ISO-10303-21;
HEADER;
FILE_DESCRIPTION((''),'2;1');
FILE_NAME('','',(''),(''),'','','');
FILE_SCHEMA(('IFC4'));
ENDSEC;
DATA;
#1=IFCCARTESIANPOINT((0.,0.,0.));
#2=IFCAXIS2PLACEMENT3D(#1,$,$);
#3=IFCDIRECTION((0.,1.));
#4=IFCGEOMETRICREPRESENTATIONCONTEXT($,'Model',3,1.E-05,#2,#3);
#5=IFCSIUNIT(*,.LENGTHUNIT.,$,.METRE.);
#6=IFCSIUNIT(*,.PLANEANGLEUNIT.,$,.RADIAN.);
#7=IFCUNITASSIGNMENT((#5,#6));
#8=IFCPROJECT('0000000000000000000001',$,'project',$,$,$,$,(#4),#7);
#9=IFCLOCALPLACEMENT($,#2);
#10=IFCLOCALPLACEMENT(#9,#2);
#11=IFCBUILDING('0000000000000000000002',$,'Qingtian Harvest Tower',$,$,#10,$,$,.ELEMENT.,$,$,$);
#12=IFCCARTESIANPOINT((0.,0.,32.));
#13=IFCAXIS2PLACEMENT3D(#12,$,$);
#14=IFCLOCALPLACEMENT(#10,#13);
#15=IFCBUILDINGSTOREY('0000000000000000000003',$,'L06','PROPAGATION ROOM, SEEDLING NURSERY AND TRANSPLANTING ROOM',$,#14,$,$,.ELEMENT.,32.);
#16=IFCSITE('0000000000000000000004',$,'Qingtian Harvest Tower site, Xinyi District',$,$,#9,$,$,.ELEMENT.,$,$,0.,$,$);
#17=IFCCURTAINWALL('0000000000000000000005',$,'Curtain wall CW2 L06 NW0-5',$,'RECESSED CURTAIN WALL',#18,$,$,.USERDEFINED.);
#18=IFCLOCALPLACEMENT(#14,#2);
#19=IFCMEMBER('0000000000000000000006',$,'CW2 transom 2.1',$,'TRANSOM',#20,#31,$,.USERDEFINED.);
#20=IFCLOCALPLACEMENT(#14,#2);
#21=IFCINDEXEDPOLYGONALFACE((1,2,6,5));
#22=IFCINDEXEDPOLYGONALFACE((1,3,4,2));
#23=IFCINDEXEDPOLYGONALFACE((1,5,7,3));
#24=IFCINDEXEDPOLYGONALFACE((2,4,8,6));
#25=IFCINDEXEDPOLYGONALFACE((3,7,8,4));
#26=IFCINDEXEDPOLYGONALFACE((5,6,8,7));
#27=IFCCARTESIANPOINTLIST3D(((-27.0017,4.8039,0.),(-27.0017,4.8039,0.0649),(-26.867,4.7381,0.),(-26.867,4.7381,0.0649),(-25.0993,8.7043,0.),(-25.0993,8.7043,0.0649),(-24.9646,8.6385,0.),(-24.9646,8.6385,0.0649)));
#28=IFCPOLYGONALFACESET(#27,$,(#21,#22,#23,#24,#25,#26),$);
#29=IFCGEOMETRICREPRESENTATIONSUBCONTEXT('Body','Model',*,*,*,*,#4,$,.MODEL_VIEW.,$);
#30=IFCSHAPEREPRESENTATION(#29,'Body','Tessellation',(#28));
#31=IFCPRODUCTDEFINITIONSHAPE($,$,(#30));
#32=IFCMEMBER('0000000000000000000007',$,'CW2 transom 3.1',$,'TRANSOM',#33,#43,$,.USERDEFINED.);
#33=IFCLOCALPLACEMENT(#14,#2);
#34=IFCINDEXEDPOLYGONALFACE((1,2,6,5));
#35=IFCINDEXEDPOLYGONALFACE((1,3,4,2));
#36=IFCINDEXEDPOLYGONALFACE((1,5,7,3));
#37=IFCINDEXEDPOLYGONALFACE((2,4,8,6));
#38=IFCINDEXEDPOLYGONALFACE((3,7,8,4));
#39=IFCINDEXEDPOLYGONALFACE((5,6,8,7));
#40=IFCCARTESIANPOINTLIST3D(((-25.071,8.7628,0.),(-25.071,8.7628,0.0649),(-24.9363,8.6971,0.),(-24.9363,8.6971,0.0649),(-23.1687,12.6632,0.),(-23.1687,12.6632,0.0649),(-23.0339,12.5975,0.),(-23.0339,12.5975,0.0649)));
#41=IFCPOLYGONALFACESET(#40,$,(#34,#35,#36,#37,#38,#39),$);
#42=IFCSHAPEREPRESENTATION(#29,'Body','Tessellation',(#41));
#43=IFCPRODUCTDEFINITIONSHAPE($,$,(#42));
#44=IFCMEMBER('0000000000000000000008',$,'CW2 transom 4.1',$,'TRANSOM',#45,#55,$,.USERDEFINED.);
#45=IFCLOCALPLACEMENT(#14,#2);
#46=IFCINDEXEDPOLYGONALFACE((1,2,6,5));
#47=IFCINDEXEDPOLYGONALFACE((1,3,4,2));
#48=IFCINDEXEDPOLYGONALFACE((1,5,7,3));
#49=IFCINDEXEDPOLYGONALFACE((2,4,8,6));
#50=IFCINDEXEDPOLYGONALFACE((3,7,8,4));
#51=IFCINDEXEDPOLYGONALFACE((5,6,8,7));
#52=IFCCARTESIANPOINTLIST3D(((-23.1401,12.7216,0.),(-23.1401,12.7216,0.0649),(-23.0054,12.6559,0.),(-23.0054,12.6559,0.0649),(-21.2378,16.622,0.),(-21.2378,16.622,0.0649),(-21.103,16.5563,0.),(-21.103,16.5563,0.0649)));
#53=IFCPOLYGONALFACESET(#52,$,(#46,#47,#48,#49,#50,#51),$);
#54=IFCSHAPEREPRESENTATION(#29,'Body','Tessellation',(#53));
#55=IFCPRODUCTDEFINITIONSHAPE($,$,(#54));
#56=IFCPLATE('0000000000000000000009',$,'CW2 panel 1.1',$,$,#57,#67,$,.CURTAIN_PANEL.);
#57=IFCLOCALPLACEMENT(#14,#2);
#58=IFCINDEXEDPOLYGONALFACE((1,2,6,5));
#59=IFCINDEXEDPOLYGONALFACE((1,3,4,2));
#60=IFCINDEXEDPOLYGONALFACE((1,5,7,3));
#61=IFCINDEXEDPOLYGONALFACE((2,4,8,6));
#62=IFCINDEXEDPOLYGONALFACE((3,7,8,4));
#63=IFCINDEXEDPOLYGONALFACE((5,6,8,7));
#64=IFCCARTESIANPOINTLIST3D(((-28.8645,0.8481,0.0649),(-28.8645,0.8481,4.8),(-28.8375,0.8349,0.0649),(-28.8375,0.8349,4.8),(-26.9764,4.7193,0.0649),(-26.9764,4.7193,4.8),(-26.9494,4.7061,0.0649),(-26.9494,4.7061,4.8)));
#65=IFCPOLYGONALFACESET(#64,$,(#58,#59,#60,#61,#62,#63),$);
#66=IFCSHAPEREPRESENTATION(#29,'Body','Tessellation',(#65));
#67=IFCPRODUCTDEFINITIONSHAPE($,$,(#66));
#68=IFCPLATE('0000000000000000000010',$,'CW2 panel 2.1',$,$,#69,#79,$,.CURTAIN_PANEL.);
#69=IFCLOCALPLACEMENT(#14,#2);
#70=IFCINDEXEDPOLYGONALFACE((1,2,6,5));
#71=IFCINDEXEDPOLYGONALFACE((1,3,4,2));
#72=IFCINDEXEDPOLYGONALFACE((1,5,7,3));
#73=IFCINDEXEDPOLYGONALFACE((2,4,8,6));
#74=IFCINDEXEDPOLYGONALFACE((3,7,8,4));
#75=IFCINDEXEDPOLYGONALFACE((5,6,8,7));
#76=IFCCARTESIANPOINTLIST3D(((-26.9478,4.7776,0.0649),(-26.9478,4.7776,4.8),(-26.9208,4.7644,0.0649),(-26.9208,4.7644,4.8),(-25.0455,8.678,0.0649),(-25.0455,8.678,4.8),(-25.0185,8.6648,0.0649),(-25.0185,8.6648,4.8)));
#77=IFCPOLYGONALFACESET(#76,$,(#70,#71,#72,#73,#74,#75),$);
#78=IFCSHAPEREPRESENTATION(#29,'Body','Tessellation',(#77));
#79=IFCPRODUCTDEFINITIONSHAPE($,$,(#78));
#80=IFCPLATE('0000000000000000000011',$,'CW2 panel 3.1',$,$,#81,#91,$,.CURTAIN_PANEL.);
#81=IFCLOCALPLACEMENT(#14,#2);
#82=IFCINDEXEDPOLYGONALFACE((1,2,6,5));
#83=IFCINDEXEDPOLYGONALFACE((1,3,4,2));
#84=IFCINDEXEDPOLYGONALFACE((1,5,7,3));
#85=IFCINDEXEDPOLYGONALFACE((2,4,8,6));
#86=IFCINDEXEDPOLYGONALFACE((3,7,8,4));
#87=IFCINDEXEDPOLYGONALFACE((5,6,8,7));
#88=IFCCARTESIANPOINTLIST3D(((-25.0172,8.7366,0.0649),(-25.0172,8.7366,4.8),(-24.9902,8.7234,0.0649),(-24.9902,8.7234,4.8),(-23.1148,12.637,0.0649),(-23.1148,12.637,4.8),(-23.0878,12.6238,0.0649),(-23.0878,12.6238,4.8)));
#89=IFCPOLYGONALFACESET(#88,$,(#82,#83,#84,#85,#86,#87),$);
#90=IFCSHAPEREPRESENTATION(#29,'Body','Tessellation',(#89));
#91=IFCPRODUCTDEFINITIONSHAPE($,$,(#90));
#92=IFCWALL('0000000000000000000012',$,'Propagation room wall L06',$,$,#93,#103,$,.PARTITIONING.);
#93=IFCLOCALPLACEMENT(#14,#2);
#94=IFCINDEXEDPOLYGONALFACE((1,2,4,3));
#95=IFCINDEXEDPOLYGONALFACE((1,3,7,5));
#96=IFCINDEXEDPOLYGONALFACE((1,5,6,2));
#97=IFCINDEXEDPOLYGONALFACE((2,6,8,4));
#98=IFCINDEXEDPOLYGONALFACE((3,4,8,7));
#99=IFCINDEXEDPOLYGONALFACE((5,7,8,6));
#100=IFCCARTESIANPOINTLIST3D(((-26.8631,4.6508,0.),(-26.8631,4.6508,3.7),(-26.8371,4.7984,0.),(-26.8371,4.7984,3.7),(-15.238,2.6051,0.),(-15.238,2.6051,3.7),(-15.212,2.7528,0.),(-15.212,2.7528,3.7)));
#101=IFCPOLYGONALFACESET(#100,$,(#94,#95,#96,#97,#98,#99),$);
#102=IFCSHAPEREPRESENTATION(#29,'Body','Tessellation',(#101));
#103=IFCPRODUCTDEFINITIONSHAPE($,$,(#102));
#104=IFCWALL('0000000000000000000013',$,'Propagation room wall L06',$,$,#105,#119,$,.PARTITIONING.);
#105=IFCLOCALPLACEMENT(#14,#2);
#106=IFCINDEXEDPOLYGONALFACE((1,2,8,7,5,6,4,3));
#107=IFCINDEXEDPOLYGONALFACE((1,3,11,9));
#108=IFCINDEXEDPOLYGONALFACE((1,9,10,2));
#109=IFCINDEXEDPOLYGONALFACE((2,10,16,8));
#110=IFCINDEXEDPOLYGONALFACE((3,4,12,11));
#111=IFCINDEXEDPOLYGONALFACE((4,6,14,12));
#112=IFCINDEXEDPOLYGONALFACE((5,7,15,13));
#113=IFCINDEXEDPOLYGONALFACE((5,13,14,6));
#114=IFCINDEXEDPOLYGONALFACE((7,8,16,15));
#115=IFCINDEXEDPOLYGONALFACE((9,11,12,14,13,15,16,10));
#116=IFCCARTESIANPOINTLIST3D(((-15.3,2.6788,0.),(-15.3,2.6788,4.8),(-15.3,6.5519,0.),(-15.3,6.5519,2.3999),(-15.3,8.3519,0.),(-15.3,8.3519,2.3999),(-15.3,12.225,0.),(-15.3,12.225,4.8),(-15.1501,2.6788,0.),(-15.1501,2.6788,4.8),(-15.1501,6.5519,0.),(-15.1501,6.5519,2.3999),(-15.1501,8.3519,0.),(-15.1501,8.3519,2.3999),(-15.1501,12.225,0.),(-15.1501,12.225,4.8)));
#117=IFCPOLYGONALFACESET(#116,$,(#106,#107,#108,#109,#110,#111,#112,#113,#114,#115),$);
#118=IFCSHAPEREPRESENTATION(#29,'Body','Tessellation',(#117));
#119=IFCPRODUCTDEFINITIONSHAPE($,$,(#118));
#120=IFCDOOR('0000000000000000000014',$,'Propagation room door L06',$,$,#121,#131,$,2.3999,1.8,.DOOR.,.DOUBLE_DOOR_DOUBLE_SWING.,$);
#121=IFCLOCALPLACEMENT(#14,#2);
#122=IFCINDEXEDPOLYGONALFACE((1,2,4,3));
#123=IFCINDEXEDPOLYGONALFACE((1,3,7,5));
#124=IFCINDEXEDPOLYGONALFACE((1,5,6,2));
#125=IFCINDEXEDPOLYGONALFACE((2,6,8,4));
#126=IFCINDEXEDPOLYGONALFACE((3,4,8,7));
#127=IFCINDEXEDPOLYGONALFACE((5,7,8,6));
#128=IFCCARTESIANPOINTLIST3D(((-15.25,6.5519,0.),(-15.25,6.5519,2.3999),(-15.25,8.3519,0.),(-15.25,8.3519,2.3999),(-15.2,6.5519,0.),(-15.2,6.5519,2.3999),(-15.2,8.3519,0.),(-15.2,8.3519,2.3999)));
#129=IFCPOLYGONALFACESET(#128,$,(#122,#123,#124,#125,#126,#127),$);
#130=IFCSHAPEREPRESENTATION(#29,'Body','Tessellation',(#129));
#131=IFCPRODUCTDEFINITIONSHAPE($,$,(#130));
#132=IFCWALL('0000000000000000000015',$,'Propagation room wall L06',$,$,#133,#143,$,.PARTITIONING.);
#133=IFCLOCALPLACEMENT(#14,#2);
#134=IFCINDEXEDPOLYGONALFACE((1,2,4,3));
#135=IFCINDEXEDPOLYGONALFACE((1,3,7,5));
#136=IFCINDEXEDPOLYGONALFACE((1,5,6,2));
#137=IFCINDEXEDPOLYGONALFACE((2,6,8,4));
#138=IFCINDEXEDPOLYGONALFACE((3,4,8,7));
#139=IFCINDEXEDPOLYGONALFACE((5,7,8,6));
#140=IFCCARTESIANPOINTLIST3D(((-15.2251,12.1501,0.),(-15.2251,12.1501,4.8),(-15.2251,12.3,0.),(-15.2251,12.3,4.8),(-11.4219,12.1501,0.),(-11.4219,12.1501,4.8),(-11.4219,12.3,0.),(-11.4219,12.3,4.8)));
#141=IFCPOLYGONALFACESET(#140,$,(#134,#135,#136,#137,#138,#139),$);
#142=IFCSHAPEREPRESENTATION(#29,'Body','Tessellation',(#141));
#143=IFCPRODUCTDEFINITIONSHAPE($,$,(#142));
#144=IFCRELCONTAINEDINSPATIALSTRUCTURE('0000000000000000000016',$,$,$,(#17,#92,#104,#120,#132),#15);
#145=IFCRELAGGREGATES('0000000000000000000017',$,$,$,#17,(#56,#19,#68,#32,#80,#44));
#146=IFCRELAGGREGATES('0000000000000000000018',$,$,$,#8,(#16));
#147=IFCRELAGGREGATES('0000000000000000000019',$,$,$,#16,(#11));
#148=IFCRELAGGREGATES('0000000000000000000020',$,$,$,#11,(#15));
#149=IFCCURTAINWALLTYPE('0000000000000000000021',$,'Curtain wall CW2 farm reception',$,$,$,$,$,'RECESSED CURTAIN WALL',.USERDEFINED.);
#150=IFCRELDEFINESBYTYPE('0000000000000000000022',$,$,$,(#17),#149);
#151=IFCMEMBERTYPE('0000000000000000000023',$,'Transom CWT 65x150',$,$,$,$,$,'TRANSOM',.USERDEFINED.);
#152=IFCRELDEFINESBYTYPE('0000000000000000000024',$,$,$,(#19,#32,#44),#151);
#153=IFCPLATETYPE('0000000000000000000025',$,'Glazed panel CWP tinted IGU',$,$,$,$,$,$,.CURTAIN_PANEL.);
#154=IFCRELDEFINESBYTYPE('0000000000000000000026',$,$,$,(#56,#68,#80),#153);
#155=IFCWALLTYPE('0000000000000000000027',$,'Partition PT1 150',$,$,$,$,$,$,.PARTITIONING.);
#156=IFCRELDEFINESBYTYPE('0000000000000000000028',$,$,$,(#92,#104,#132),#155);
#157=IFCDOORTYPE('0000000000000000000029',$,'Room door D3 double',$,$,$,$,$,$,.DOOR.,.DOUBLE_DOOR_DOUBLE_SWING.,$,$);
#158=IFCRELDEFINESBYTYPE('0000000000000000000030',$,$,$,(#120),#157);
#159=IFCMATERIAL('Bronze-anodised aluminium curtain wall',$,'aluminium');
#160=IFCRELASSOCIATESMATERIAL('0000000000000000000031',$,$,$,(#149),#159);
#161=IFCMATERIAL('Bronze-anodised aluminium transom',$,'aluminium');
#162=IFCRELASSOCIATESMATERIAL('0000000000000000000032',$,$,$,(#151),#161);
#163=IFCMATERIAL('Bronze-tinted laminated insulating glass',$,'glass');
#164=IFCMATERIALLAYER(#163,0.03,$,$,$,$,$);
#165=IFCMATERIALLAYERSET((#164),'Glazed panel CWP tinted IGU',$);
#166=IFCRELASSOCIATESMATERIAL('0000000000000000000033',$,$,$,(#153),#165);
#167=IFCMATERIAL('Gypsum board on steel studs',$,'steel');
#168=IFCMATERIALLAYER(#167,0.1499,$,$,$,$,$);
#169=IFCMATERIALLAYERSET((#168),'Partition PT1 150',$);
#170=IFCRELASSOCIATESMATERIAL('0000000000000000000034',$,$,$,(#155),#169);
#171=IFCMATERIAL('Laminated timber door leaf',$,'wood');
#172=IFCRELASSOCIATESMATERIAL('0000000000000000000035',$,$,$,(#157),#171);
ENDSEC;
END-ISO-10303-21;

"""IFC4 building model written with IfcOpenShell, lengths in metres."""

from ifc_helpers import new_model, si_unit, direction, frame, frame_2d, origin, origin_2d, place, context, subcontext, project, spatial, rectangle, extrude, material, layer, layer_set, material_profile, profile_set, type_object, element, fill, aggregate, save


model = new_model("IFC4")

# Units and contexts
model_context = context("Model", 3, precision=1e-05, world=origin(), true_north=direction((0.0, 1.0)))
body_context = subcontext(model_context, "Body", "Model", "MODEL_VIEW")
ifc_project = project(units=[si_unit("LENGTHUNIT", "METRE"), si_unit("PLANEANGLEUNIT", "RADIAN")], contexts=[model_context])

# Site, building, storey
site_placement = place(None, origin())
site = spatial("IfcSite", under=ifc_project, at=site_placement, Name="Qingtian Harvest Tower site, Xinyi District", CompositionType="ELEMENT", RefElevation=0.0)
building_placement = place(site_placement, origin())
building = spatial("IfcBuilding", under=site, at=building_placement, Name="Qingtian Harvest Tower", CompositionType="ELEMENT")
storey_placement = place(building_placement, frame((0.0, 0.0, 32.0)))
storey = spatial("IfcBuildingStorey", under=building, at=storey_placement, Name="L06", Description="PROPAGATION ROOM, SEEDLING NURSERY AND TRANSPLANTING ROOM", CompositionType="ELEMENT", Elevation=32.0)

# Shared definitions
ifc_material_1 = material(Name="Bronze-anodised aluminium curtain wall", Category="aluminium")
curtain_wall_type = type_object("IfcCurtainWallType", Name="Curtain wall CW2 farm reception", ElementType="RECESSED CURTAIN WALL", PredefinedType="USERDEFINED", material=ifc_material_1)

# Curtain wall
curtain_wall_1_placement = place(storey_placement, origin())
curtain_wall_1 = element("IfcCurtainWall", 1, at=curtain_wall_1_placement, inside=storey, type_object=curtain_wall_type, Name="Curtain wall CW2 L06 NW0-5", ObjectType="RECESSED CURTAIN WALL", PredefinedType="USERDEFINED")

# Members
ifc_material_2 = material(Name="Bronze-anodised aluminium transom", Category="aluminium")
ifc_material_profile_1 = material_profile(ifc_material_2, rectangle(XDim=0.1499, YDim=0.0649, at=origin_2d()), Name="AL 65x150")
ifc_profile_set_1 = profile_set([ifc_material_profile_1], Name="Bronze-anodised aluminium transom")
member_type_1 = type_object("IfcMemberType", Name="Transom CWT 65x150", ElementType="TRANSOM", PredefinedType="USERDEFINED", material=ifc_profile_set_1)
member_1_placement = place(storey_placement, frame((-26.9343, 4.771, 0.0325), z_axis=(0.43837, 0.898794, 0.0), x_axis=(-0.898794, 0.43837, 0.0)))
member_1 = element("IfcMember", 2, at=member_1_placement, type_object=member_type_1, Name="CW2 transom 2.1", ObjectType="TRANSOM", PredefinedType="USERDEFINED", context=body_context, shape_type="SweptSolid", body=[
    extrude(rectangle(XDim=0.1499, YDim=0.0649, at=origin_2d()), origin(), (0.0, 0.0, 1.0), 4.3396),
])
member_2_placement = place(storey_placement, frame((-25.0037, 8.73, 0.0325), z_axis=(0.43837, 0.898794, 0.0), x_axis=(-0.898794, 0.43837, 0.0)))
member_2 = element("IfcMember", 3, at=member_2_placement, type_object=member_type_1, Name="CW2 transom 3.1", ObjectType="TRANSOM", PredefinedType="USERDEFINED", context=body_context, shape_type="SweptSolid", body=[
    extrude(rectangle(XDim=0.1499, YDim=0.0649, at=origin_2d()), origin(), (0.0, 0.0, 1.0), 4.3396),
])
member_3_placement = place(storey_placement, frame((-23.0728, 12.6887, 0.0325), z_axis=(0.43837, 0.898794, 0.0), x_axis=(-0.898794, 0.43837, 0.0)))
member_3 = element("IfcMember", 4, at=member_3_placement, type_object=member_type_1, Name="CW2 transom 4.1", ObjectType="TRANSOM", PredefinedType="USERDEFINED", context=body_context, shape_type="SweptSolid", body=[
    extrude(rectangle(XDim=0.1499, YDim=0.0649, at=origin_2d()), origin(), (0.0, 0.0, 1.0), 4.3396),
])

# Plates
ifc_material_3 = material(Name="Bronze-tinted laminated insulating glass", Category="glass")
ifc_layer_1 = layer(ifc_material_3, 0.03)
ifc_layer_set_1 = layer_set([ifc_layer_1], Name="Glazed panel CWP tinted IGU")
plate_type = type_object("IfcPlateType", Name="Glazed panel CWP tinted IGU", PredefinedType="CURTAIN_PANEL", material=ifc_layer_set_1)
plate_1_placement = place(storey_placement, frame((-27.907, 2.7771, 0.0649), z_axis=(0.0, 0.0, 1.0), x_axis=(0.438371, 0.898794, 0.0)))
plate_1 = element("IfcPlate", 5, at=plate_1_placement, type_object=plate_type, Name="CW2 panel 1.1", PredefinedType="CURTAIN_PANEL", context=body_context, shape_type="SweptSolid", body=[
    extrude(rectangle(XDim=4.3071, YDim=0.03, at=origin_2d()), origin(), (0.0, 0.0, 1.0), 4.7351),
])
plate_2_placement = place(storey_placement, frame((-25.9832, 6.7212, 0.0649), z_axis=(0.0, 0.0, 1.0), x_axis=(0.438371, 0.898794, 0.0)))
plate_2 = element("IfcPlate", 6, at=plate_2_placement, type_object=plate_type, Name="CW2 panel 2.1", PredefinedType="CURTAIN_PANEL", context=body_context, shape_type="SweptSolid", body=[
    extrude(rectangle(XDim=4.3396, YDim=0.03, at=origin_2d()), origin(), (0.0, 0.0, 1.0), 4.7351),
])
plate_3_placement = place(storey_placement, frame((-24.0525, 10.6802, 0.0649), z_axis=(0.0, 0.0, 1.0), x_axis=(0.438371, 0.898794, 0.0)))
plate_3 = element("IfcPlate", 7, at=plate_3_placement, type_object=plate_type, Name="CW2 panel 3.1", PredefinedType="CURTAIN_PANEL", context=body_context, shape_type="SweptSolid", body=[
    extrude(rectangle(XDim=4.3396, YDim=0.03, at=origin_2d()), origin(), (0.0, 0.0, 1.0), 4.7351),
])
aggregate(curtain_wall_1, [plate_1, member_1, plate_2, member_2, plate_3, member_3])

# Wall
ifc_material_4 = material(Name="Gypsum board on steel studs", Category="steel")
ifc_layer_2 = layer(ifc_material_4, 0.1499)
ifc_layer_set_2 = layer_set([ifc_layer_2], Name="Partition PT1 150")
wall_type = type_object("IfcWallType", Name="Partition PT1 150", PredefinedType="PARTITIONING", material=ifc_layer_set_2)
wall_1_placement = place(storey_placement, frame((-26.8501, 4.7246, 0.0), z_axis=(0.0, 0.0, 1.0), x_axis=(0.984868, -0.173307, 0.0)))
element("IfcWall", 8, at=wall_1_placement, inside=storey, type_object=wall_type, Name="Propagation room wall L06", PredefinedType="PARTITIONING", context=body_context, shape_type="SweptSolid", body=[
    extrude(rectangle(XDim=11.8037, YDim=0.1499, at=frame_2d((5.9019, 0.0))), origin(), (0.0, 0.0, 1.0), 3.7),
])

# Wall, opening, door
wall_2_placement = place(storey_placement, frame((-15.2251, 2.679, 0.0), z_axis=(0.0, 0.0, 1.0), x_axis=(0.0, 1.0, 0.0)))
wall_2 = element("IfcWall", 9, at=wall_2_placement, inside=storey, type_object=wall_type, Name="Propagation room wall L06", PredefinedType="PARTITIONING", context=body_context, shape_type="SweptSolid", body=[
    extrude(rectangle(XDim=9.5461, YDim=0.1499, at=frame_2d((4.7729, 0.0))), origin(), (0.0, 0.0, 1.0), 4.8),
])
opening_placement = place(wall_2_placement, frame((3.873, 0.0, 0.0)))
opening = element("IfcOpeningElement", 10, at=opening_placement, cuts=wall_2, PredefinedType="OPENING", context=body_context, shape_type="SweptSolid", body=[
    extrude(rectangle(XDim=1.8, YDim=2.3999, at=frame_2d((0.8999, 1.2))), frame((0.0, 0.085, 0.0), z_axis=(0.0, -1.0, 0.0), x_axis=(1.0, 0.0, 0.0)), (0.0, 0.0, 1.0), 0.1699),
])
ifc_material_5 = material(Name="Laminated timber door leaf", Category="wood")
door_type = type_object("IfcDoorType", Name="Room door D3 double", OperationType="DOUBLE_DOOR_DOUBLE_SWING", PredefinedType="DOOR", material=ifc_material_5)
door_placement = place(opening_placement, origin())
door = element("IfcDoor", 11, at=door_placement, inside=storey, type_object=door_type, Name="Propagation room door L06", OperationType="DOUBLE_DOOR_DOUBLE_SWING", OverallHeight=2.3999, OverallWidth=1.8, PredefinedType="DOOR", context=body_context, shape_type="SweptSolid", body=[
    extrude(rectangle(XDim=1.8, YDim=2.3999, at=frame_2d((0.8999, 1.2))), frame((0.0, 0.0249, 0.0), z_axis=(0.0, -1.0, 0.0), x_axis=(1.0, 0.0, 0.0)), (0.0, 0.0, 1.0), 0.05),
])
fill(opening, door)

# Wall
wall_3_placement = place(storey_placement, frame((-15.2251, 12.2251, 0.0), z_axis=(0.0, 0.0, 1.0), x_axis=(1.0, 0.0, 0.0)))
element("IfcWall", 12, at=wall_3_placement, inside=storey, type_object=wall_type, Name="Propagation room wall L06", PredefinedType="PARTITIONING", context=body_context, shape_type="SweptSolid", body=[
    extrude(rectangle(XDim=3.8032, YDim=0.1499, at=frame_2d((1.9016, 0.0))), origin(), (0.0, 0.0, 1.0), 4.8),
])

save(model, "model.ifc")
